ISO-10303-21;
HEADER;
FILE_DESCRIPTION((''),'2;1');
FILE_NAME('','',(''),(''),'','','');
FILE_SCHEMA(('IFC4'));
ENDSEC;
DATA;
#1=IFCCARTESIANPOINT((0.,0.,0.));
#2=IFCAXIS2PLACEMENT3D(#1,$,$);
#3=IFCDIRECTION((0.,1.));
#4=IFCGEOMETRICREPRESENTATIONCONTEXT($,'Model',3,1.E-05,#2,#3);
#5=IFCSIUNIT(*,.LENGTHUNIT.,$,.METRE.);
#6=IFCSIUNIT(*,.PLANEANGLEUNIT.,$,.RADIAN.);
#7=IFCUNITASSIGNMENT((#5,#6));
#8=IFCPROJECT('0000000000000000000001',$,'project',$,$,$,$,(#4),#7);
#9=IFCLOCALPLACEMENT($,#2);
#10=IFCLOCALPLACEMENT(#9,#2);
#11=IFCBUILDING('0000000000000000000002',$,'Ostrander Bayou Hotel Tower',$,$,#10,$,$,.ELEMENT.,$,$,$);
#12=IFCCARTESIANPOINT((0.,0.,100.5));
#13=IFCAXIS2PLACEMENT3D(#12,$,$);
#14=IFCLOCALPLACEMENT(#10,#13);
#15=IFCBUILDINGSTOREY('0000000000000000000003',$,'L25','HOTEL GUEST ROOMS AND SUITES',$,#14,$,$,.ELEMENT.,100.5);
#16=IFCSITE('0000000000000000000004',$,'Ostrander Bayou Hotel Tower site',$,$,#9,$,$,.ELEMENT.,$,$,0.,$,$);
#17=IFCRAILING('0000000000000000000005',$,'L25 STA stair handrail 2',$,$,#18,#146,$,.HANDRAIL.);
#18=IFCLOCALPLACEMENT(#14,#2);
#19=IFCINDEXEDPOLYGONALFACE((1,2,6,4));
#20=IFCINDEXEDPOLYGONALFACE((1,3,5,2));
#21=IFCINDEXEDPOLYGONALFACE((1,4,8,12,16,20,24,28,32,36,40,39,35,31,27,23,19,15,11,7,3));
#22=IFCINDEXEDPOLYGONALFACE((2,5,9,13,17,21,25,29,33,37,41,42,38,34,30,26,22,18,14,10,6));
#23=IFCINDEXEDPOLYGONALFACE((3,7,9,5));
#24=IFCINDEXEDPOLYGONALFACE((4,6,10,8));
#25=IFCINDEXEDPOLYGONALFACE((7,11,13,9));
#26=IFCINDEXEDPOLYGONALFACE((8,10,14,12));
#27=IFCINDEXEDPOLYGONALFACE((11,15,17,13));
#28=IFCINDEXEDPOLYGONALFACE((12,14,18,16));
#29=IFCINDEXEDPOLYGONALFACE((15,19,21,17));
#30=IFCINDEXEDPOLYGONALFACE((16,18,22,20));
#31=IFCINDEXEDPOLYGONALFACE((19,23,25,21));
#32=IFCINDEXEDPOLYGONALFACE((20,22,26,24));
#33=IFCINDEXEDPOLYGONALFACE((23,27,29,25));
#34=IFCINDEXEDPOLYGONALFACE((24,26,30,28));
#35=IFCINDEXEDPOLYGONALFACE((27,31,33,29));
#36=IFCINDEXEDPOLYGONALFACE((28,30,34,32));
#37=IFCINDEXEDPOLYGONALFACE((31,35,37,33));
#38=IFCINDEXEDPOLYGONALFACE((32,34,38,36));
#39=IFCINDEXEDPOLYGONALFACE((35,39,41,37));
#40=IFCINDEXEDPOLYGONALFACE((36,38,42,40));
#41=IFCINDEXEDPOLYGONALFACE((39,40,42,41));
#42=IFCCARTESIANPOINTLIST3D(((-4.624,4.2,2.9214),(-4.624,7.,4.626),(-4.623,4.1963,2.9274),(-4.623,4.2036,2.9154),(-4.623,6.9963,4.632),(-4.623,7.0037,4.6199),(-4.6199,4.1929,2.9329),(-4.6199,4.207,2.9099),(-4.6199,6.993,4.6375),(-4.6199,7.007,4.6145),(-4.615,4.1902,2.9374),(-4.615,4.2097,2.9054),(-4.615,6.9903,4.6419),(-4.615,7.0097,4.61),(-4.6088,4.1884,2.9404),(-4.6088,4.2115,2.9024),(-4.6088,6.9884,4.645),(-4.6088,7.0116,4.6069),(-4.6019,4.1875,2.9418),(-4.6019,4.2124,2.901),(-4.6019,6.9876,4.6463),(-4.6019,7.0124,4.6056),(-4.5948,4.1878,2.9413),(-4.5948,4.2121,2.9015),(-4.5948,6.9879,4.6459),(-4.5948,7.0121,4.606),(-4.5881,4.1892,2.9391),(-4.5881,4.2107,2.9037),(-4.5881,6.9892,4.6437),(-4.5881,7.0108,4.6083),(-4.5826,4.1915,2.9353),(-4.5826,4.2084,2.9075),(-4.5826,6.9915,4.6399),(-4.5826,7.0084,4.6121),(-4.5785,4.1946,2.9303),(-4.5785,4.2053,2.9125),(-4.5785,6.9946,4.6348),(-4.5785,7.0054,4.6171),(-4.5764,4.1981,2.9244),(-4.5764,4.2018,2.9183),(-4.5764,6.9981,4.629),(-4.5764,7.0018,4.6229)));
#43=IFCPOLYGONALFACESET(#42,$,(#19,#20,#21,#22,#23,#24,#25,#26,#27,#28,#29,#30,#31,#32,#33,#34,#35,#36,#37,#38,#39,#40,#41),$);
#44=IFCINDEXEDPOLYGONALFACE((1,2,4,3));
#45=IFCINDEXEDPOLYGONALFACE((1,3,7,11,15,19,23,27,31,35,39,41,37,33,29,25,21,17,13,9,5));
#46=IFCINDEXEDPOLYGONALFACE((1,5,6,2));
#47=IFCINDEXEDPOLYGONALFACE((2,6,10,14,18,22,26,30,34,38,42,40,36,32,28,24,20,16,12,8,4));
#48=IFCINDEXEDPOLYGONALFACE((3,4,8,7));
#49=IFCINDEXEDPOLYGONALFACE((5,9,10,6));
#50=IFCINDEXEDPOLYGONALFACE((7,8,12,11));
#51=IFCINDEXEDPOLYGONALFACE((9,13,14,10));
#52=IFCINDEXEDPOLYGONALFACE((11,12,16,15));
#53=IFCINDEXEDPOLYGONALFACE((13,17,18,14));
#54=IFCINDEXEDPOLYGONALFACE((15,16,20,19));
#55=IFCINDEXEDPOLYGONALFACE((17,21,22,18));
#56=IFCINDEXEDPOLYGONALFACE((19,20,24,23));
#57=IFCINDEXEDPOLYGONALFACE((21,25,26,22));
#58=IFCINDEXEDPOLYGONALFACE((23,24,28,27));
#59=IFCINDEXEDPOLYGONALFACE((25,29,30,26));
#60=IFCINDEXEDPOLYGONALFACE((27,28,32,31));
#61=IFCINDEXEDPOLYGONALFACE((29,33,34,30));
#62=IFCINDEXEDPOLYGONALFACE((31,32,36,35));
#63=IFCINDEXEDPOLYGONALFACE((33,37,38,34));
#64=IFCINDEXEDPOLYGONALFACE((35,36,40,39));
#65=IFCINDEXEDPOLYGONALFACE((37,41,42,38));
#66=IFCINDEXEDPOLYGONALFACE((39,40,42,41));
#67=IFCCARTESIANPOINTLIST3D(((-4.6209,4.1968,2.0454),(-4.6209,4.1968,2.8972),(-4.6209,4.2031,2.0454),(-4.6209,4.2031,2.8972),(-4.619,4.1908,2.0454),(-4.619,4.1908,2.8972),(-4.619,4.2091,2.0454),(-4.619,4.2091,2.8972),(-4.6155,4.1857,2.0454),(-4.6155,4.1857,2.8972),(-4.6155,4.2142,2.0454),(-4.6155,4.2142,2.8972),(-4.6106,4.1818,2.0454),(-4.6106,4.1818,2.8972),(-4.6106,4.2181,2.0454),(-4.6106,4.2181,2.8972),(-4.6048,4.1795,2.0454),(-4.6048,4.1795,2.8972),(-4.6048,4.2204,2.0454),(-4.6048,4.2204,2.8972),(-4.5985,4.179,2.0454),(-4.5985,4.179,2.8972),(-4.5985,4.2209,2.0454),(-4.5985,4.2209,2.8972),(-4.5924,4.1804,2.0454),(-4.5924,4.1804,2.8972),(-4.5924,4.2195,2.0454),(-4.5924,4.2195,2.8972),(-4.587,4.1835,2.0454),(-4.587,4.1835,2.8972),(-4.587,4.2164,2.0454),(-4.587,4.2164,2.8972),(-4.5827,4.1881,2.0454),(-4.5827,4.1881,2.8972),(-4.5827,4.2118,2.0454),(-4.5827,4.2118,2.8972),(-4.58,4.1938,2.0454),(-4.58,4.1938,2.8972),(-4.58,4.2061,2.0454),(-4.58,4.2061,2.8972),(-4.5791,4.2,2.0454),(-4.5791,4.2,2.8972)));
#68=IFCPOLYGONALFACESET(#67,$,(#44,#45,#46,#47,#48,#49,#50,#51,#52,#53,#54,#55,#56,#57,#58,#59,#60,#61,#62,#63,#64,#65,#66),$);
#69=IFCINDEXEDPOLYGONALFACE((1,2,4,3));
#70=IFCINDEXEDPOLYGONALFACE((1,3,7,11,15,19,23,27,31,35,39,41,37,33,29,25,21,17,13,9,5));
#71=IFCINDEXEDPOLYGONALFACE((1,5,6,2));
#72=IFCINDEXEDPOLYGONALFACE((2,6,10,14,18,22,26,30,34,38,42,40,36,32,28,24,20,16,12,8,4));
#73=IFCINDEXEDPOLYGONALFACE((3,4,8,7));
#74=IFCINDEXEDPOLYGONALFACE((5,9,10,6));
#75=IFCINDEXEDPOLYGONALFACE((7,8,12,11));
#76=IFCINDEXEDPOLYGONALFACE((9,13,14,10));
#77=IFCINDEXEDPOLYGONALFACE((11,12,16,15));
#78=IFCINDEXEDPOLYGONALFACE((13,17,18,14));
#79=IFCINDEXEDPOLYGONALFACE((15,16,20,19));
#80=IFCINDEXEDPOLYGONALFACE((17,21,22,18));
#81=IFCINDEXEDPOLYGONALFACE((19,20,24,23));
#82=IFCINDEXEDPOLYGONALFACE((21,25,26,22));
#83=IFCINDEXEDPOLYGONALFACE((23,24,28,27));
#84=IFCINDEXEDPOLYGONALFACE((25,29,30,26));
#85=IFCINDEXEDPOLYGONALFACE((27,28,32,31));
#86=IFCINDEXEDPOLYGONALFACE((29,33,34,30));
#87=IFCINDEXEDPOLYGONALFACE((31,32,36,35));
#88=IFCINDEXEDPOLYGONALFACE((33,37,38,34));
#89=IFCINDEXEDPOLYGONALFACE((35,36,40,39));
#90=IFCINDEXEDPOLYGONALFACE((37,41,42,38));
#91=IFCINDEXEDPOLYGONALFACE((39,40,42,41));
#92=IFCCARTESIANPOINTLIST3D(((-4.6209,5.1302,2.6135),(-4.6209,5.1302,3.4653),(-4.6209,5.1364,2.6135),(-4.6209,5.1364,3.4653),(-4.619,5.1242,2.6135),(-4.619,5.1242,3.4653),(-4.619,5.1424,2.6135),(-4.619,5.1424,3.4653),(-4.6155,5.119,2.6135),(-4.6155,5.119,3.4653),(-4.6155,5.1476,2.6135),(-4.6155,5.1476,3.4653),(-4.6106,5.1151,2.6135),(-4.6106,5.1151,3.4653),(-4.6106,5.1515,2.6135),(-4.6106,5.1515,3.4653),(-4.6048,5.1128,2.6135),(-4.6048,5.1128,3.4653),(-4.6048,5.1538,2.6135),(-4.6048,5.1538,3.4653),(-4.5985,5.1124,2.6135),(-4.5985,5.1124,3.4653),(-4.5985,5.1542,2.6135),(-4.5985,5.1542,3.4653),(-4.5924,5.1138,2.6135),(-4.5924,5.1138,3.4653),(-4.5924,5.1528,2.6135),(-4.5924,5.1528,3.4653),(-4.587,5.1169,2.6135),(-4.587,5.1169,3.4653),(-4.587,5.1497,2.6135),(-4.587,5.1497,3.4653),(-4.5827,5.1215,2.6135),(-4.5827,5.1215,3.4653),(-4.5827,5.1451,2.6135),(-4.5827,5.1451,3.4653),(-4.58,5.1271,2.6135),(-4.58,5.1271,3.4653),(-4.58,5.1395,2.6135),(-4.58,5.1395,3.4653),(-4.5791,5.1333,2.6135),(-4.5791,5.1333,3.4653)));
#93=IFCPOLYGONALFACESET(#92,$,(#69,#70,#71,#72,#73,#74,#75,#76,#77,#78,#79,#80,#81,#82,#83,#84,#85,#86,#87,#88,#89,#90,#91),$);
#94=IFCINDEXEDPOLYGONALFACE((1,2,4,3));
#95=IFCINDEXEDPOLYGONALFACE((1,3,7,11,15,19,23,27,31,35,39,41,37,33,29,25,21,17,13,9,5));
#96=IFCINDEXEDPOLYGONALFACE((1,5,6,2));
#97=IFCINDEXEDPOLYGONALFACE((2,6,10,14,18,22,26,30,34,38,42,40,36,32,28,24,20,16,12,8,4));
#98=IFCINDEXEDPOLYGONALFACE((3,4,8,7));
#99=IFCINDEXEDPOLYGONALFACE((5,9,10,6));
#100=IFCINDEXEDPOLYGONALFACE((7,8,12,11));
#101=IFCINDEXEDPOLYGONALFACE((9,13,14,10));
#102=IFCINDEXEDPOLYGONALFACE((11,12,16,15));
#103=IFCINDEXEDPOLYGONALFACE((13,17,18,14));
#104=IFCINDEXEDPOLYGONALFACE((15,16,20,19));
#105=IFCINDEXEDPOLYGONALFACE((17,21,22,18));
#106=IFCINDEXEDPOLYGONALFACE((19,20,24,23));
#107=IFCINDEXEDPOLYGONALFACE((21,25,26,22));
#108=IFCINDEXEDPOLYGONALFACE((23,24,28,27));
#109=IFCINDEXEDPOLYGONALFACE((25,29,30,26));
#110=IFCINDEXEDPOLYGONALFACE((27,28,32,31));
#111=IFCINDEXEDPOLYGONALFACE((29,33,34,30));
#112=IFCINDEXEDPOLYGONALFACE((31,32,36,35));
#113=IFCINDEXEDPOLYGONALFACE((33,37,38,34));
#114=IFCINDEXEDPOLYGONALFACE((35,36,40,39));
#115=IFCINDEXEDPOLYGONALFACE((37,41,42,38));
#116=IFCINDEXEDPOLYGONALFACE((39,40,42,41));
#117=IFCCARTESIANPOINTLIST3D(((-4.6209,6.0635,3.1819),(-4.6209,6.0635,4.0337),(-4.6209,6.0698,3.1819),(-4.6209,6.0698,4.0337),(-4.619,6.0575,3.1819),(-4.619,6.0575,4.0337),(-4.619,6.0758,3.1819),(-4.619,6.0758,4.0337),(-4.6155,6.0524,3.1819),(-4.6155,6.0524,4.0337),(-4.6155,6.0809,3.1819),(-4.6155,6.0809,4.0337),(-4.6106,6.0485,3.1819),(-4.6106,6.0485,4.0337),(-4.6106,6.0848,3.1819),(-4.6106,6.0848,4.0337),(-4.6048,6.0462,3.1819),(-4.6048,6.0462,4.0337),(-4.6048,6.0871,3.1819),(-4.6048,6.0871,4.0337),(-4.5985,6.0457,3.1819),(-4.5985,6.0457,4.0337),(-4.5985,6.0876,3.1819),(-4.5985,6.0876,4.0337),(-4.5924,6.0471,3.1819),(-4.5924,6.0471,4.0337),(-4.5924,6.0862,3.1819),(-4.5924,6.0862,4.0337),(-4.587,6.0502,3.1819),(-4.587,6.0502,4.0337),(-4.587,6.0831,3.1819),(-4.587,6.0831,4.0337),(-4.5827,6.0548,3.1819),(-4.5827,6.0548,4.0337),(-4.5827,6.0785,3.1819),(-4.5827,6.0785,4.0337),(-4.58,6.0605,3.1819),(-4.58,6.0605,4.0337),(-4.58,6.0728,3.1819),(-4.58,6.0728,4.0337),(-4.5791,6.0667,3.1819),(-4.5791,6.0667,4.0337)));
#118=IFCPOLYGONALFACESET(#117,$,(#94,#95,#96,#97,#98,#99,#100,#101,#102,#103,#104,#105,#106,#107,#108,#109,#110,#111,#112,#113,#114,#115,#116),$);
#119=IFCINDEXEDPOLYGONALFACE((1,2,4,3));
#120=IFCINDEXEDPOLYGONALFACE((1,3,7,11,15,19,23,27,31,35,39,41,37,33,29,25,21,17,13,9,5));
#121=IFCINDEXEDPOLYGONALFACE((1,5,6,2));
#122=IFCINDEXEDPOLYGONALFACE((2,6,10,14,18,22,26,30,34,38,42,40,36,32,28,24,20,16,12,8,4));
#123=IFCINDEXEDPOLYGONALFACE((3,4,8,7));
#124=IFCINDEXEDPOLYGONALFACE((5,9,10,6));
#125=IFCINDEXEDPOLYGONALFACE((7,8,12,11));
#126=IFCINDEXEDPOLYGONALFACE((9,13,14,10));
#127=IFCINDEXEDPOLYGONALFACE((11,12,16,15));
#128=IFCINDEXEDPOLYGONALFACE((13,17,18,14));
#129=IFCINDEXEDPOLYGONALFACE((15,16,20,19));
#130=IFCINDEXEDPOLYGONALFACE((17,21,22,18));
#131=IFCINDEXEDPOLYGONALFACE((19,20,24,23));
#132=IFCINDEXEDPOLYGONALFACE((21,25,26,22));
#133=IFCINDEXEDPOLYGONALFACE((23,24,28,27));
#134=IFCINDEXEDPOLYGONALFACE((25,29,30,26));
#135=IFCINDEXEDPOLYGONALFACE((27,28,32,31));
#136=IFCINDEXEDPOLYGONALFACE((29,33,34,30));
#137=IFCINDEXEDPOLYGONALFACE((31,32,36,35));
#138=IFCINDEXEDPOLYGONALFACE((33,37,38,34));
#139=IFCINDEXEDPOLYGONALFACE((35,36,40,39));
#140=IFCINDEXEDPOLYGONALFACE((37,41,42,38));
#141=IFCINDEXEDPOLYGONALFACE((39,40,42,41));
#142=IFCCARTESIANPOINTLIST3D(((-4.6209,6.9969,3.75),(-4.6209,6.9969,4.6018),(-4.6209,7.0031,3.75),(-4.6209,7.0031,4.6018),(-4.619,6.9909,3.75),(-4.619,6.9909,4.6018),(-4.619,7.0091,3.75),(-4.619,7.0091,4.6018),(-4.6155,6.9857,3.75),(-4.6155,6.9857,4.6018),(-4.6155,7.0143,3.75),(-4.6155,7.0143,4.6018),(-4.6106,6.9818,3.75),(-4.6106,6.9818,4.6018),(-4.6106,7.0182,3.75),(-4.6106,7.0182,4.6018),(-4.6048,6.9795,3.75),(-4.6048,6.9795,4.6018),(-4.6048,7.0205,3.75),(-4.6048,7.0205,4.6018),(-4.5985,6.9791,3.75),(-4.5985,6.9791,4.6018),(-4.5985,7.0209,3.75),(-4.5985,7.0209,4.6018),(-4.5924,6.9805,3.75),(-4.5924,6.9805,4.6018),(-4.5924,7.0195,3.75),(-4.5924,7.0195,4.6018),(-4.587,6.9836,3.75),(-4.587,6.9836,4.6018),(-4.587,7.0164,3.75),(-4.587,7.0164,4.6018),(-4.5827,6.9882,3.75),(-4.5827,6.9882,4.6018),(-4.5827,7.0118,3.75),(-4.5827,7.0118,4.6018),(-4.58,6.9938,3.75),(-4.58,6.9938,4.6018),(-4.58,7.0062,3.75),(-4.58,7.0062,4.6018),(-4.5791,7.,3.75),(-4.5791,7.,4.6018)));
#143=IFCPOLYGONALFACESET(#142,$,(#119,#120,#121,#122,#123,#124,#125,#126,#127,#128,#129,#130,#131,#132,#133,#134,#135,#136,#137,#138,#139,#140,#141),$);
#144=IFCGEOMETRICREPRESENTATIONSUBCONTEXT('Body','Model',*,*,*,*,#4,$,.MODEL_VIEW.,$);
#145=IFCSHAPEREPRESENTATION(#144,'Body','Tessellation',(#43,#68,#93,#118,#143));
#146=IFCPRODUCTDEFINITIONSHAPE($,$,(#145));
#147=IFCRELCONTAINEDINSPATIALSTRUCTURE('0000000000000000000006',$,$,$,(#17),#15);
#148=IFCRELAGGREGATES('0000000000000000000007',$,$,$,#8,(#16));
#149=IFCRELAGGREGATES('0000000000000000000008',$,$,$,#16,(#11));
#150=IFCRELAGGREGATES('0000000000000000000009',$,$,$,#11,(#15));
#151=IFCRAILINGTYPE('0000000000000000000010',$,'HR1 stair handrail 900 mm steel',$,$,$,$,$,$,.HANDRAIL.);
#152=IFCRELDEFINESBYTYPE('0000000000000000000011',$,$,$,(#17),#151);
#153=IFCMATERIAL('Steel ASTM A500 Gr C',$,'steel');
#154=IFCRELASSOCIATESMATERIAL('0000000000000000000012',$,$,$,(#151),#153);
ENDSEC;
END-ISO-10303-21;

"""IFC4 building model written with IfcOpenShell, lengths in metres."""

from ifc_helpers import new_model, si_unit, direction, frame, origin, origin_2d, place, context, subcontext, project, spatial, circle, extrude, material, type_object, element, save


model = new_model("IFC4")

# Units and contexts
model_context = context("Model", 3, precision=1e-05, world=origin(), true_north=direction((0.0, 1.0)))
body_context = subcontext(model_context, "Body", "Model", "MODEL_VIEW")
ifc_project = project(units=[si_unit("LENGTHUNIT", "METRE"), si_unit("PLANEANGLEUNIT", "RADIAN")], contexts=[model_context])

# Site, building, storey
site_placement = place(None, origin())
site = spatial("IfcSite", under=ifc_project, at=site_placement, Name="Ostrander Bayou Hotel Tower site", CompositionType="ELEMENT", RefElevation=0.0)
building_placement = place(site_placement, origin())
building = spatial("IfcBuilding", under=site, at=building_placement, Name="Ostrander Bayou Hotel Tower", CompositionType="ELEMENT")
storey_placement = place(building_placement, frame((0.0, 0.0, 100.5)))
storey = spatial("IfcBuildingStorey", under=building, at=storey_placement, Name="L25", Description="HOTEL GUEST ROOMS AND SUITES", CompositionType="ELEMENT", Elevation=100.5)

# Railing
ifc_material_1 = material(Name="Steel ASTM A500 Gr C", Category="steel")
railing_type_1 = type_object("IfcRailingType", Name="HR1 stair handrail 900 mm steel", PredefinedType="HANDRAIL", material=ifc_material_1)
railing_1_placement = place(storey_placement, frame((-4.6001, 4.2, 2.0454)))
element("IfcRailing", 1, at=railing_1_placement, inside=storey, type_object=railing_type_1, Name="L25 STA stair handrail 2", PredefinedType="HANDRAIL", context=body_context, shape_type="SweptSolid", body=[
    extrude(circle(Radius=0.0239, at=origin_2d()), frame((0.0, 0.0, 0.876), z_axis=(0.0, 0.85417, 0.519994), x_axis=(-1.0, 0.0, 0.0)), (0.0, 0.0, 1.0), 3.2781),
    extrude(circle(Radius=0.021, at=origin_2d()), origin(), (0.0, 0.0, 1.0), 0.8518),
    extrude(circle(Radius=0.021, at=origin_2d()), frame((0.0, 0.9333, 0.5681)), (0.0, 0.0, 1.0), 0.8518),
    extrude(circle(Radius=0.021, at=origin_2d()), frame((0.0, 1.8667, 1.1365)), (0.0, 0.0, 1.0), 0.8518),
    extrude(circle(Radius=0.021, at=origin_2d()), frame((0.0, 2.8, 1.7046)), (0.0, 0.0, 1.0), 0.8518),
])

save(model, "model.ifc")
